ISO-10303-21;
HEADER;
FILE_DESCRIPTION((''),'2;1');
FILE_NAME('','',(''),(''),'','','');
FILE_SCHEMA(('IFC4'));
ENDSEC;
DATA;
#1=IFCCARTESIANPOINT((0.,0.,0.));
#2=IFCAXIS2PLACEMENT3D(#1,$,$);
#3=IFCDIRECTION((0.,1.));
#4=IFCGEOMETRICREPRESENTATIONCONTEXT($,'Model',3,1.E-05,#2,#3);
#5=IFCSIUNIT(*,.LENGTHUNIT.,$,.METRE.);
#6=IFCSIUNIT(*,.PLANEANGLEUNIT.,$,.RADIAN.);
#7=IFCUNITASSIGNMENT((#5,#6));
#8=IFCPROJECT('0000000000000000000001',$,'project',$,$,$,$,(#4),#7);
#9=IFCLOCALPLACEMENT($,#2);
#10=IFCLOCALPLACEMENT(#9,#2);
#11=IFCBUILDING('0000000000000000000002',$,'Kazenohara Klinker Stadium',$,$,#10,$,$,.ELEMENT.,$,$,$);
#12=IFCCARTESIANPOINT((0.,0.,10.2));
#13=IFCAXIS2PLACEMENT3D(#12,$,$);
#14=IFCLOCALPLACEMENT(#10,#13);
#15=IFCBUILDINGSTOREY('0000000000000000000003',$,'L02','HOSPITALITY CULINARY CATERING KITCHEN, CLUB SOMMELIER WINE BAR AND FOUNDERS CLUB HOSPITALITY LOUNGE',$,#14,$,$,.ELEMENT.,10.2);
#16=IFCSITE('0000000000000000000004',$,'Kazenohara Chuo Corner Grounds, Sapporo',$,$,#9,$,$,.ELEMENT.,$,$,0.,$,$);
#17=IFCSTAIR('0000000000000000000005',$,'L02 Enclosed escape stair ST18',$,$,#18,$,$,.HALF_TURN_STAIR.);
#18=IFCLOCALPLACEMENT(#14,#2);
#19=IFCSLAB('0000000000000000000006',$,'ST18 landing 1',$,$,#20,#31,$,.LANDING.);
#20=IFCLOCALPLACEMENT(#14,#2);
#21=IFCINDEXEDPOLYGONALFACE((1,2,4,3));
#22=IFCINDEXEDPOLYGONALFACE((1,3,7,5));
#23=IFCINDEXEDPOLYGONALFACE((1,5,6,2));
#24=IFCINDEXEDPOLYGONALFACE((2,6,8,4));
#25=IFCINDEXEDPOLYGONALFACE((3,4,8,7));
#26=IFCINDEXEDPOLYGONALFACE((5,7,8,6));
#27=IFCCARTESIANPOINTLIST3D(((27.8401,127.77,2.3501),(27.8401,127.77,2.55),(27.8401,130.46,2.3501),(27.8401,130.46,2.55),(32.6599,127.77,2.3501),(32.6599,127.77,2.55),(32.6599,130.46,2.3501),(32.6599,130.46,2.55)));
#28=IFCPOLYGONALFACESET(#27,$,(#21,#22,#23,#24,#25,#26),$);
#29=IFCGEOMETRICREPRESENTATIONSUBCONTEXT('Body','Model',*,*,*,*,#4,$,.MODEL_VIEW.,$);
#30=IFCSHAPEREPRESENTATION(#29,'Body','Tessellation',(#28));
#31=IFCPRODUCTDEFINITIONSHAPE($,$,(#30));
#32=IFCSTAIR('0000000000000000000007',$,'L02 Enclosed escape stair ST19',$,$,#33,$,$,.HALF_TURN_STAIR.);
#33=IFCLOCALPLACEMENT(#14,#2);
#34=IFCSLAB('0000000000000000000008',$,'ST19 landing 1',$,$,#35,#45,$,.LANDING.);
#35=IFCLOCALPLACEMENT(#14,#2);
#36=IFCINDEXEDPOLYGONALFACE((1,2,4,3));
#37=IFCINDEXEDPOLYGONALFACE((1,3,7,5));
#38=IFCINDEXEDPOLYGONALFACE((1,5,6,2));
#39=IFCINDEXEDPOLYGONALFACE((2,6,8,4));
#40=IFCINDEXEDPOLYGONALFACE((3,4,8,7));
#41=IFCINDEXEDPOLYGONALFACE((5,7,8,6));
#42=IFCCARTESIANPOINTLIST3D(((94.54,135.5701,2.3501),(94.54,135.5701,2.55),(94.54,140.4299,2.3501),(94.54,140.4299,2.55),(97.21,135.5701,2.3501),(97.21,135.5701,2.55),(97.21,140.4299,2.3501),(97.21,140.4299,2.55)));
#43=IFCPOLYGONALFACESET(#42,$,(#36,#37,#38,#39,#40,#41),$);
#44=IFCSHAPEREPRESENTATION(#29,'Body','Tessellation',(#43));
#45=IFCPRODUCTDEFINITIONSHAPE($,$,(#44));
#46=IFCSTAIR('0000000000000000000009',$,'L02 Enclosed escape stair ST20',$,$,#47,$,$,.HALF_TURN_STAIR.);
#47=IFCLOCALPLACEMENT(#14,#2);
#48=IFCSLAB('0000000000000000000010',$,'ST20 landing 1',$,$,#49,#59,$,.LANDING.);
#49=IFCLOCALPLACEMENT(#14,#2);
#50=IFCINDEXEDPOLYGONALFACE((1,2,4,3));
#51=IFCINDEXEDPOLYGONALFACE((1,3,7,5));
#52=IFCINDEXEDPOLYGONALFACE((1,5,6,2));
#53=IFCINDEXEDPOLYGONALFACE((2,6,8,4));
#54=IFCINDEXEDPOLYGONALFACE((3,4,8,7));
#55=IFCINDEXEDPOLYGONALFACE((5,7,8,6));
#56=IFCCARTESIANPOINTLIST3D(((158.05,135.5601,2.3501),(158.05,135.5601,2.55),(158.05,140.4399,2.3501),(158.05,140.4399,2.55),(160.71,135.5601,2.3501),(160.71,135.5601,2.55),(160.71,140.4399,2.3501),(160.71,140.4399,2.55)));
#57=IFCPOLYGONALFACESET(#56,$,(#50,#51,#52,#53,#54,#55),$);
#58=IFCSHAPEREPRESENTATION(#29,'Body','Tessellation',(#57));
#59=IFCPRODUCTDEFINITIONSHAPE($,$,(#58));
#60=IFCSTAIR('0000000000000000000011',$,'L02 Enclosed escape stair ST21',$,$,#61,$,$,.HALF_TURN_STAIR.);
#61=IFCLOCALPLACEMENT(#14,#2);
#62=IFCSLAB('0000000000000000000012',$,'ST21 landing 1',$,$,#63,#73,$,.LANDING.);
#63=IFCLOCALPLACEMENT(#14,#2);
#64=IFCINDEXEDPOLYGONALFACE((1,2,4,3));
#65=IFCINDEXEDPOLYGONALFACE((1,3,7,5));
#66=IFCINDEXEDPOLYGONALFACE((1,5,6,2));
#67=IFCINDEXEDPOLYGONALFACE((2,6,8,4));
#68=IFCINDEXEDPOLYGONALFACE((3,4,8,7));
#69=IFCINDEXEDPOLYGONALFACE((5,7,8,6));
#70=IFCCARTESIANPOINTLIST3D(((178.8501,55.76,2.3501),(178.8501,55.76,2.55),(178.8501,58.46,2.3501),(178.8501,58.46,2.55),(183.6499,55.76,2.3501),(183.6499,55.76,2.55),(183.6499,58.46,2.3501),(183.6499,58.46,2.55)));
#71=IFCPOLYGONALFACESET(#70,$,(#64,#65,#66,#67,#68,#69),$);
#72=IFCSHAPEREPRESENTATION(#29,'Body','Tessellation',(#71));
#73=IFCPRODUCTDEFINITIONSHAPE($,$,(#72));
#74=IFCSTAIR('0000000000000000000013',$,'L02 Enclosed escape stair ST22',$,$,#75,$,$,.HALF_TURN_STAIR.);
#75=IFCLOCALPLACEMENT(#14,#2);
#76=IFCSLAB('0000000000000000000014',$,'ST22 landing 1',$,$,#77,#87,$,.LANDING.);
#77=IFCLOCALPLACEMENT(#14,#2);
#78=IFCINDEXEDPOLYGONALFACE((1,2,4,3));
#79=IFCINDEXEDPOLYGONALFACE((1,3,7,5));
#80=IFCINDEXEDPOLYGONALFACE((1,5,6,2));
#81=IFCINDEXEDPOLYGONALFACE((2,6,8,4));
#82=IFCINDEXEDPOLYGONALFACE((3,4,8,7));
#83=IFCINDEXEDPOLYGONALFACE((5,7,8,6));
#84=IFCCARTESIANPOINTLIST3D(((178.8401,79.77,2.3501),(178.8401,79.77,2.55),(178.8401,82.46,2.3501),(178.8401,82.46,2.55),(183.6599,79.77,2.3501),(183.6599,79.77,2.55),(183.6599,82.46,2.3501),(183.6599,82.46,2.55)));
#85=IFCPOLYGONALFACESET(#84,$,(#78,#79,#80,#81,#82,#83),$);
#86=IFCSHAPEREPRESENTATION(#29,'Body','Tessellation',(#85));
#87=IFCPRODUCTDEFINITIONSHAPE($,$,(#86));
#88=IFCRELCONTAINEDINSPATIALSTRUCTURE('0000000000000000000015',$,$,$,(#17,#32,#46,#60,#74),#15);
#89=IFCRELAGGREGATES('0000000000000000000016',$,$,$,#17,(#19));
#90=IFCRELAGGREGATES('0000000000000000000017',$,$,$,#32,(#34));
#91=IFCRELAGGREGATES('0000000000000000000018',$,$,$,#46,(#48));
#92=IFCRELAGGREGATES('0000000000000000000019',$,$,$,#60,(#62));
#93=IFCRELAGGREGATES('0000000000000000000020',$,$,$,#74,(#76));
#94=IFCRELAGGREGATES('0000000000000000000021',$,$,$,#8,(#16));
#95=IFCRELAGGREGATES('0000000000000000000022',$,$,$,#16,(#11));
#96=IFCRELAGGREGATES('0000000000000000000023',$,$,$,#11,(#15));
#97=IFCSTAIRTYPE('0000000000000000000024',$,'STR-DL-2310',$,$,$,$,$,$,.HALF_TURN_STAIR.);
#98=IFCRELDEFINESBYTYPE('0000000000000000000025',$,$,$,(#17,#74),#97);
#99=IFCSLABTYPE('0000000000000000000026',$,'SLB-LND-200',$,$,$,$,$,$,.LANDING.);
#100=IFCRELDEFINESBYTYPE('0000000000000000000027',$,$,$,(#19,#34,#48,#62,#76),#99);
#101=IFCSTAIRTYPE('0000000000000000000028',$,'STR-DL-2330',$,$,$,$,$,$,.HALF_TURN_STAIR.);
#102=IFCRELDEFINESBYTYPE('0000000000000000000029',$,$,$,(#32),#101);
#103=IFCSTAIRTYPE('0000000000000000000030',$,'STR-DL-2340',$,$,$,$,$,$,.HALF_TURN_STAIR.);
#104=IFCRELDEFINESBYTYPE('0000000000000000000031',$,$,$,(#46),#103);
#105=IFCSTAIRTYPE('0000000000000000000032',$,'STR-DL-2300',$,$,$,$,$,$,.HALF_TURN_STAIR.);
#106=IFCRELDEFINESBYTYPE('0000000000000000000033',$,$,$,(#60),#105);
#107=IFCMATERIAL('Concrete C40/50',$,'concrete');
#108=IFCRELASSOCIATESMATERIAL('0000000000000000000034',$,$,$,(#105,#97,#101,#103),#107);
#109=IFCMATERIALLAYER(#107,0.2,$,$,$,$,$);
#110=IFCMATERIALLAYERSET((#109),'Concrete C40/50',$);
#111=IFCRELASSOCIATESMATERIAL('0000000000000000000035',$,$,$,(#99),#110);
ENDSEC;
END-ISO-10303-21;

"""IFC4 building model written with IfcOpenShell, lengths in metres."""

from ifc_helpers import new_model, si_unit, direction, frame, origin, place, context, subcontext, project, spatial, polyline, outline, extrude, material, layer, layer_set, type_object, element, aggregate, save


model = new_model("IFC4")

# Units and contexts
model_context = context("Model", 3, precision=1e-05, world=origin(), true_north=direction((0.0, 1.0)))
body_context = subcontext(model_context, "Body", "Model", "MODEL_VIEW")
ifc_project = project(units=[si_unit("LENGTHUNIT", "METRE"), si_unit("PLANEANGLEUNIT", "RADIAN")], contexts=[model_context])

# Site, building, storey
site_placement = place(None, origin())
site = spatial("IfcSite", under=ifc_project, at=site_placement, Name="Kazenohara Chuo Corner Grounds, Sapporo", CompositionType="ELEMENT", RefElevation=0.0)
building_placement = place(site_placement, origin())
building = spatial("IfcBuilding", under=site, at=building_placement, Name="Kazenohara Klinker Stadium", CompositionType="ELEMENT")
storey_placement = place(building_placement, frame((0.0, 0.0, 10.2)))
storey = spatial("IfcBuildingStorey", under=building, at=storey_placement, Name="L02", Description="HOSPITALITY CULINARY CATERING KITCHEN, CLUB SOMMELIER WINE BAR AND FOUNDERS CLUB HOSPITALITY LOUNGE", CompositionType="ELEMENT", Elevation=10.2)

# Shared definitions
ifc_material = material(Name="Concrete C40/50", Category="concrete")

# Stairs, slabs
stair_type_1 = type_object("IfcStairType", Name="STR-DL-2300", PredefinedType="HALF_TURN_STAIR", material=ifc_material)
ifc_layer_1 = layer(ifc_material, 0.2)
ifc_layer_set_1 = layer_set([ifc_layer_1], Name="Concrete C40/50")
slab_type_1 = type_object("IfcSlabType", Name="SLB-LND-200", PredefinedType="LANDING", material=ifc_layer_set_1)
stair_type_2 = type_object("IfcStairType", Name="STR-DL-2310", PredefinedType="HALF_TURN_STAIR", material=ifc_material)
stair_type_3 = type_object("IfcStairType", Name="STR-DL-2330", PredefinedType="HALF_TURN_STAIR", material=ifc_material)
stair_type_4 = type_object("IfcStairType", Name="STR-DL-2340", PredefinedType="HALF_TURN_STAIR", material=ifc_material)
stair_1_placement = place(storey_placement, origin())
stair_1 = element("IfcStair", 1, at=stair_1_placement, inside=storey, type_object=stair_type_2, Name="L02 Enclosed escape stair ST18", PredefinedType="HALF_TURN_STAIR")
slab_1_placement = place(storey_placement, frame((0.0, 0.0, 2.3501)))
slab_1 = element("IfcSlab", 2, at=slab_1_placement, type_object=slab_type_1, Name="ST18 landing 1", PredefinedType="LANDING", context=body_context, shape_type="SweptSolid", body=[
    extrude(outline(polyline([(32.6599, 127.77), (32.6599, 130.46), (27.8401, 130.46), (27.8401, 127.77), (32.6599, 127.77)])), origin(), (0.0, 0.0, 1.0), 0.2),
])
aggregate(stair_1, [slab_1])
stair_2_placement = place(storey_placement, origin())
stair_2 = element("IfcStair", 3, at=stair_2_placement, inside=storey, type_object=stair_type_3, Name="L02 Enclosed escape stair ST19", PredefinedType="HALF_TURN_STAIR")
slab_2_placement = place(storey_placement, frame((0.0, 0.0, 2.3501)))
slab_2 = element("IfcSlab", 4, at=slab_2_placement, type_object=slab_type_1, Name="ST19 landing 1", PredefinedType="LANDING", context=body_context, shape_type="SweptSolid", body=[
    extrude(outline(polyline([(94.54, 135.5701), (97.21, 135.5701), (97.21, 140.4299), (94.54, 140.4299), (94.54, 135.5701)])), origin(), (0.0, 0.0, 1.0), 0.2),
])
aggregate(stair_2, [slab_2])
stair_3_placement = place(storey_placement, origin())
stair_3 = element("IfcStair", 5, at=stair_3_placement, inside=storey, type_object=stair_type_4, Name="L02 Enclosed escape stair ST20", PredefinedType="HALF_TURN_STAIR")
slab_3_placement = place(storey_placement, frame((0.0, 0.0, 2.3501)))
slab_3 = element("IfcSlab", 6, at=slab_3_placement, type_object=slab_type_1, Name="ST20 landing 1", PredefinedType="LANDING", context=body_context, shape_type="SweptSolid", body=[
    extrude(outline(polyline([(158.05, 135.5601), (160.71, 135.5601), (160.71, 140.4399), (158.05, 140.4399), (158.05, 135.5601)])), origin(), (0.0, 0.0, 1.0), 0.2),
])
aggregate(stair_3, [slab_3])
stair_4_placement = place(storey_placement, origin())
stair_4 = element("IfcStair", 7, at=stair_4_placement, inside=storey, type_object=stair_type_1, Name="L02 Enclosed escape stair ST21", PredefinedType="HALF_TURN_STAIR")
slab_4_placement = place(storey_placement, frame((0.0, 0.0, 2.3501)))
slab_4 = element("IfcSlab", 8, at=slab_4_placement, type_object=slab_type_1, Name="ST21 landing 1", PredefinedType="LANDING", context=body_context, shape_type="SweptSolid", body=[
    extrude(outline(polyline([(183.6499, 55.76), (183.6499, 58.46), (178.8501, 58.46), (178.8501, 55.76), (183.6499, 55.76)])), origin(), (0.0, 0.0, 1.0), 0.2),
])
aggregate(stair_4, [slab_4])
stair_5_placement = place(storey_placement, origin())
stair_5 = element("IfcStair", 9, at=stair_5_placement, inside=storey, type_object=stair_type_2, Name="L02 Enclosed escape stair ST22", PredefinedType="HALF_TURN_STAIR")
slab_5_placement = place(storey_placement, frame((0.0, 0.0, 2.3501)))
slab_5 = element("IfcSlab", 10, at=slab_5_placement, type_object=slab_type_1, Name="ST22 landing 1", PredefinedType="LANDING", context=body_context, shape_type="SweptSolid", body=[
    extrude(outline(polyline([(183.6599, 79.77), (183.6599, 82.46), (178.8401, 82.46), (178.8401, 79.77), (183.6599, 79.77)])), origin(), (0.0, 0.0, 1.0), 0.2),
])
aggregate(stair_5, [slab_5])

save(model, "model.ifc")
